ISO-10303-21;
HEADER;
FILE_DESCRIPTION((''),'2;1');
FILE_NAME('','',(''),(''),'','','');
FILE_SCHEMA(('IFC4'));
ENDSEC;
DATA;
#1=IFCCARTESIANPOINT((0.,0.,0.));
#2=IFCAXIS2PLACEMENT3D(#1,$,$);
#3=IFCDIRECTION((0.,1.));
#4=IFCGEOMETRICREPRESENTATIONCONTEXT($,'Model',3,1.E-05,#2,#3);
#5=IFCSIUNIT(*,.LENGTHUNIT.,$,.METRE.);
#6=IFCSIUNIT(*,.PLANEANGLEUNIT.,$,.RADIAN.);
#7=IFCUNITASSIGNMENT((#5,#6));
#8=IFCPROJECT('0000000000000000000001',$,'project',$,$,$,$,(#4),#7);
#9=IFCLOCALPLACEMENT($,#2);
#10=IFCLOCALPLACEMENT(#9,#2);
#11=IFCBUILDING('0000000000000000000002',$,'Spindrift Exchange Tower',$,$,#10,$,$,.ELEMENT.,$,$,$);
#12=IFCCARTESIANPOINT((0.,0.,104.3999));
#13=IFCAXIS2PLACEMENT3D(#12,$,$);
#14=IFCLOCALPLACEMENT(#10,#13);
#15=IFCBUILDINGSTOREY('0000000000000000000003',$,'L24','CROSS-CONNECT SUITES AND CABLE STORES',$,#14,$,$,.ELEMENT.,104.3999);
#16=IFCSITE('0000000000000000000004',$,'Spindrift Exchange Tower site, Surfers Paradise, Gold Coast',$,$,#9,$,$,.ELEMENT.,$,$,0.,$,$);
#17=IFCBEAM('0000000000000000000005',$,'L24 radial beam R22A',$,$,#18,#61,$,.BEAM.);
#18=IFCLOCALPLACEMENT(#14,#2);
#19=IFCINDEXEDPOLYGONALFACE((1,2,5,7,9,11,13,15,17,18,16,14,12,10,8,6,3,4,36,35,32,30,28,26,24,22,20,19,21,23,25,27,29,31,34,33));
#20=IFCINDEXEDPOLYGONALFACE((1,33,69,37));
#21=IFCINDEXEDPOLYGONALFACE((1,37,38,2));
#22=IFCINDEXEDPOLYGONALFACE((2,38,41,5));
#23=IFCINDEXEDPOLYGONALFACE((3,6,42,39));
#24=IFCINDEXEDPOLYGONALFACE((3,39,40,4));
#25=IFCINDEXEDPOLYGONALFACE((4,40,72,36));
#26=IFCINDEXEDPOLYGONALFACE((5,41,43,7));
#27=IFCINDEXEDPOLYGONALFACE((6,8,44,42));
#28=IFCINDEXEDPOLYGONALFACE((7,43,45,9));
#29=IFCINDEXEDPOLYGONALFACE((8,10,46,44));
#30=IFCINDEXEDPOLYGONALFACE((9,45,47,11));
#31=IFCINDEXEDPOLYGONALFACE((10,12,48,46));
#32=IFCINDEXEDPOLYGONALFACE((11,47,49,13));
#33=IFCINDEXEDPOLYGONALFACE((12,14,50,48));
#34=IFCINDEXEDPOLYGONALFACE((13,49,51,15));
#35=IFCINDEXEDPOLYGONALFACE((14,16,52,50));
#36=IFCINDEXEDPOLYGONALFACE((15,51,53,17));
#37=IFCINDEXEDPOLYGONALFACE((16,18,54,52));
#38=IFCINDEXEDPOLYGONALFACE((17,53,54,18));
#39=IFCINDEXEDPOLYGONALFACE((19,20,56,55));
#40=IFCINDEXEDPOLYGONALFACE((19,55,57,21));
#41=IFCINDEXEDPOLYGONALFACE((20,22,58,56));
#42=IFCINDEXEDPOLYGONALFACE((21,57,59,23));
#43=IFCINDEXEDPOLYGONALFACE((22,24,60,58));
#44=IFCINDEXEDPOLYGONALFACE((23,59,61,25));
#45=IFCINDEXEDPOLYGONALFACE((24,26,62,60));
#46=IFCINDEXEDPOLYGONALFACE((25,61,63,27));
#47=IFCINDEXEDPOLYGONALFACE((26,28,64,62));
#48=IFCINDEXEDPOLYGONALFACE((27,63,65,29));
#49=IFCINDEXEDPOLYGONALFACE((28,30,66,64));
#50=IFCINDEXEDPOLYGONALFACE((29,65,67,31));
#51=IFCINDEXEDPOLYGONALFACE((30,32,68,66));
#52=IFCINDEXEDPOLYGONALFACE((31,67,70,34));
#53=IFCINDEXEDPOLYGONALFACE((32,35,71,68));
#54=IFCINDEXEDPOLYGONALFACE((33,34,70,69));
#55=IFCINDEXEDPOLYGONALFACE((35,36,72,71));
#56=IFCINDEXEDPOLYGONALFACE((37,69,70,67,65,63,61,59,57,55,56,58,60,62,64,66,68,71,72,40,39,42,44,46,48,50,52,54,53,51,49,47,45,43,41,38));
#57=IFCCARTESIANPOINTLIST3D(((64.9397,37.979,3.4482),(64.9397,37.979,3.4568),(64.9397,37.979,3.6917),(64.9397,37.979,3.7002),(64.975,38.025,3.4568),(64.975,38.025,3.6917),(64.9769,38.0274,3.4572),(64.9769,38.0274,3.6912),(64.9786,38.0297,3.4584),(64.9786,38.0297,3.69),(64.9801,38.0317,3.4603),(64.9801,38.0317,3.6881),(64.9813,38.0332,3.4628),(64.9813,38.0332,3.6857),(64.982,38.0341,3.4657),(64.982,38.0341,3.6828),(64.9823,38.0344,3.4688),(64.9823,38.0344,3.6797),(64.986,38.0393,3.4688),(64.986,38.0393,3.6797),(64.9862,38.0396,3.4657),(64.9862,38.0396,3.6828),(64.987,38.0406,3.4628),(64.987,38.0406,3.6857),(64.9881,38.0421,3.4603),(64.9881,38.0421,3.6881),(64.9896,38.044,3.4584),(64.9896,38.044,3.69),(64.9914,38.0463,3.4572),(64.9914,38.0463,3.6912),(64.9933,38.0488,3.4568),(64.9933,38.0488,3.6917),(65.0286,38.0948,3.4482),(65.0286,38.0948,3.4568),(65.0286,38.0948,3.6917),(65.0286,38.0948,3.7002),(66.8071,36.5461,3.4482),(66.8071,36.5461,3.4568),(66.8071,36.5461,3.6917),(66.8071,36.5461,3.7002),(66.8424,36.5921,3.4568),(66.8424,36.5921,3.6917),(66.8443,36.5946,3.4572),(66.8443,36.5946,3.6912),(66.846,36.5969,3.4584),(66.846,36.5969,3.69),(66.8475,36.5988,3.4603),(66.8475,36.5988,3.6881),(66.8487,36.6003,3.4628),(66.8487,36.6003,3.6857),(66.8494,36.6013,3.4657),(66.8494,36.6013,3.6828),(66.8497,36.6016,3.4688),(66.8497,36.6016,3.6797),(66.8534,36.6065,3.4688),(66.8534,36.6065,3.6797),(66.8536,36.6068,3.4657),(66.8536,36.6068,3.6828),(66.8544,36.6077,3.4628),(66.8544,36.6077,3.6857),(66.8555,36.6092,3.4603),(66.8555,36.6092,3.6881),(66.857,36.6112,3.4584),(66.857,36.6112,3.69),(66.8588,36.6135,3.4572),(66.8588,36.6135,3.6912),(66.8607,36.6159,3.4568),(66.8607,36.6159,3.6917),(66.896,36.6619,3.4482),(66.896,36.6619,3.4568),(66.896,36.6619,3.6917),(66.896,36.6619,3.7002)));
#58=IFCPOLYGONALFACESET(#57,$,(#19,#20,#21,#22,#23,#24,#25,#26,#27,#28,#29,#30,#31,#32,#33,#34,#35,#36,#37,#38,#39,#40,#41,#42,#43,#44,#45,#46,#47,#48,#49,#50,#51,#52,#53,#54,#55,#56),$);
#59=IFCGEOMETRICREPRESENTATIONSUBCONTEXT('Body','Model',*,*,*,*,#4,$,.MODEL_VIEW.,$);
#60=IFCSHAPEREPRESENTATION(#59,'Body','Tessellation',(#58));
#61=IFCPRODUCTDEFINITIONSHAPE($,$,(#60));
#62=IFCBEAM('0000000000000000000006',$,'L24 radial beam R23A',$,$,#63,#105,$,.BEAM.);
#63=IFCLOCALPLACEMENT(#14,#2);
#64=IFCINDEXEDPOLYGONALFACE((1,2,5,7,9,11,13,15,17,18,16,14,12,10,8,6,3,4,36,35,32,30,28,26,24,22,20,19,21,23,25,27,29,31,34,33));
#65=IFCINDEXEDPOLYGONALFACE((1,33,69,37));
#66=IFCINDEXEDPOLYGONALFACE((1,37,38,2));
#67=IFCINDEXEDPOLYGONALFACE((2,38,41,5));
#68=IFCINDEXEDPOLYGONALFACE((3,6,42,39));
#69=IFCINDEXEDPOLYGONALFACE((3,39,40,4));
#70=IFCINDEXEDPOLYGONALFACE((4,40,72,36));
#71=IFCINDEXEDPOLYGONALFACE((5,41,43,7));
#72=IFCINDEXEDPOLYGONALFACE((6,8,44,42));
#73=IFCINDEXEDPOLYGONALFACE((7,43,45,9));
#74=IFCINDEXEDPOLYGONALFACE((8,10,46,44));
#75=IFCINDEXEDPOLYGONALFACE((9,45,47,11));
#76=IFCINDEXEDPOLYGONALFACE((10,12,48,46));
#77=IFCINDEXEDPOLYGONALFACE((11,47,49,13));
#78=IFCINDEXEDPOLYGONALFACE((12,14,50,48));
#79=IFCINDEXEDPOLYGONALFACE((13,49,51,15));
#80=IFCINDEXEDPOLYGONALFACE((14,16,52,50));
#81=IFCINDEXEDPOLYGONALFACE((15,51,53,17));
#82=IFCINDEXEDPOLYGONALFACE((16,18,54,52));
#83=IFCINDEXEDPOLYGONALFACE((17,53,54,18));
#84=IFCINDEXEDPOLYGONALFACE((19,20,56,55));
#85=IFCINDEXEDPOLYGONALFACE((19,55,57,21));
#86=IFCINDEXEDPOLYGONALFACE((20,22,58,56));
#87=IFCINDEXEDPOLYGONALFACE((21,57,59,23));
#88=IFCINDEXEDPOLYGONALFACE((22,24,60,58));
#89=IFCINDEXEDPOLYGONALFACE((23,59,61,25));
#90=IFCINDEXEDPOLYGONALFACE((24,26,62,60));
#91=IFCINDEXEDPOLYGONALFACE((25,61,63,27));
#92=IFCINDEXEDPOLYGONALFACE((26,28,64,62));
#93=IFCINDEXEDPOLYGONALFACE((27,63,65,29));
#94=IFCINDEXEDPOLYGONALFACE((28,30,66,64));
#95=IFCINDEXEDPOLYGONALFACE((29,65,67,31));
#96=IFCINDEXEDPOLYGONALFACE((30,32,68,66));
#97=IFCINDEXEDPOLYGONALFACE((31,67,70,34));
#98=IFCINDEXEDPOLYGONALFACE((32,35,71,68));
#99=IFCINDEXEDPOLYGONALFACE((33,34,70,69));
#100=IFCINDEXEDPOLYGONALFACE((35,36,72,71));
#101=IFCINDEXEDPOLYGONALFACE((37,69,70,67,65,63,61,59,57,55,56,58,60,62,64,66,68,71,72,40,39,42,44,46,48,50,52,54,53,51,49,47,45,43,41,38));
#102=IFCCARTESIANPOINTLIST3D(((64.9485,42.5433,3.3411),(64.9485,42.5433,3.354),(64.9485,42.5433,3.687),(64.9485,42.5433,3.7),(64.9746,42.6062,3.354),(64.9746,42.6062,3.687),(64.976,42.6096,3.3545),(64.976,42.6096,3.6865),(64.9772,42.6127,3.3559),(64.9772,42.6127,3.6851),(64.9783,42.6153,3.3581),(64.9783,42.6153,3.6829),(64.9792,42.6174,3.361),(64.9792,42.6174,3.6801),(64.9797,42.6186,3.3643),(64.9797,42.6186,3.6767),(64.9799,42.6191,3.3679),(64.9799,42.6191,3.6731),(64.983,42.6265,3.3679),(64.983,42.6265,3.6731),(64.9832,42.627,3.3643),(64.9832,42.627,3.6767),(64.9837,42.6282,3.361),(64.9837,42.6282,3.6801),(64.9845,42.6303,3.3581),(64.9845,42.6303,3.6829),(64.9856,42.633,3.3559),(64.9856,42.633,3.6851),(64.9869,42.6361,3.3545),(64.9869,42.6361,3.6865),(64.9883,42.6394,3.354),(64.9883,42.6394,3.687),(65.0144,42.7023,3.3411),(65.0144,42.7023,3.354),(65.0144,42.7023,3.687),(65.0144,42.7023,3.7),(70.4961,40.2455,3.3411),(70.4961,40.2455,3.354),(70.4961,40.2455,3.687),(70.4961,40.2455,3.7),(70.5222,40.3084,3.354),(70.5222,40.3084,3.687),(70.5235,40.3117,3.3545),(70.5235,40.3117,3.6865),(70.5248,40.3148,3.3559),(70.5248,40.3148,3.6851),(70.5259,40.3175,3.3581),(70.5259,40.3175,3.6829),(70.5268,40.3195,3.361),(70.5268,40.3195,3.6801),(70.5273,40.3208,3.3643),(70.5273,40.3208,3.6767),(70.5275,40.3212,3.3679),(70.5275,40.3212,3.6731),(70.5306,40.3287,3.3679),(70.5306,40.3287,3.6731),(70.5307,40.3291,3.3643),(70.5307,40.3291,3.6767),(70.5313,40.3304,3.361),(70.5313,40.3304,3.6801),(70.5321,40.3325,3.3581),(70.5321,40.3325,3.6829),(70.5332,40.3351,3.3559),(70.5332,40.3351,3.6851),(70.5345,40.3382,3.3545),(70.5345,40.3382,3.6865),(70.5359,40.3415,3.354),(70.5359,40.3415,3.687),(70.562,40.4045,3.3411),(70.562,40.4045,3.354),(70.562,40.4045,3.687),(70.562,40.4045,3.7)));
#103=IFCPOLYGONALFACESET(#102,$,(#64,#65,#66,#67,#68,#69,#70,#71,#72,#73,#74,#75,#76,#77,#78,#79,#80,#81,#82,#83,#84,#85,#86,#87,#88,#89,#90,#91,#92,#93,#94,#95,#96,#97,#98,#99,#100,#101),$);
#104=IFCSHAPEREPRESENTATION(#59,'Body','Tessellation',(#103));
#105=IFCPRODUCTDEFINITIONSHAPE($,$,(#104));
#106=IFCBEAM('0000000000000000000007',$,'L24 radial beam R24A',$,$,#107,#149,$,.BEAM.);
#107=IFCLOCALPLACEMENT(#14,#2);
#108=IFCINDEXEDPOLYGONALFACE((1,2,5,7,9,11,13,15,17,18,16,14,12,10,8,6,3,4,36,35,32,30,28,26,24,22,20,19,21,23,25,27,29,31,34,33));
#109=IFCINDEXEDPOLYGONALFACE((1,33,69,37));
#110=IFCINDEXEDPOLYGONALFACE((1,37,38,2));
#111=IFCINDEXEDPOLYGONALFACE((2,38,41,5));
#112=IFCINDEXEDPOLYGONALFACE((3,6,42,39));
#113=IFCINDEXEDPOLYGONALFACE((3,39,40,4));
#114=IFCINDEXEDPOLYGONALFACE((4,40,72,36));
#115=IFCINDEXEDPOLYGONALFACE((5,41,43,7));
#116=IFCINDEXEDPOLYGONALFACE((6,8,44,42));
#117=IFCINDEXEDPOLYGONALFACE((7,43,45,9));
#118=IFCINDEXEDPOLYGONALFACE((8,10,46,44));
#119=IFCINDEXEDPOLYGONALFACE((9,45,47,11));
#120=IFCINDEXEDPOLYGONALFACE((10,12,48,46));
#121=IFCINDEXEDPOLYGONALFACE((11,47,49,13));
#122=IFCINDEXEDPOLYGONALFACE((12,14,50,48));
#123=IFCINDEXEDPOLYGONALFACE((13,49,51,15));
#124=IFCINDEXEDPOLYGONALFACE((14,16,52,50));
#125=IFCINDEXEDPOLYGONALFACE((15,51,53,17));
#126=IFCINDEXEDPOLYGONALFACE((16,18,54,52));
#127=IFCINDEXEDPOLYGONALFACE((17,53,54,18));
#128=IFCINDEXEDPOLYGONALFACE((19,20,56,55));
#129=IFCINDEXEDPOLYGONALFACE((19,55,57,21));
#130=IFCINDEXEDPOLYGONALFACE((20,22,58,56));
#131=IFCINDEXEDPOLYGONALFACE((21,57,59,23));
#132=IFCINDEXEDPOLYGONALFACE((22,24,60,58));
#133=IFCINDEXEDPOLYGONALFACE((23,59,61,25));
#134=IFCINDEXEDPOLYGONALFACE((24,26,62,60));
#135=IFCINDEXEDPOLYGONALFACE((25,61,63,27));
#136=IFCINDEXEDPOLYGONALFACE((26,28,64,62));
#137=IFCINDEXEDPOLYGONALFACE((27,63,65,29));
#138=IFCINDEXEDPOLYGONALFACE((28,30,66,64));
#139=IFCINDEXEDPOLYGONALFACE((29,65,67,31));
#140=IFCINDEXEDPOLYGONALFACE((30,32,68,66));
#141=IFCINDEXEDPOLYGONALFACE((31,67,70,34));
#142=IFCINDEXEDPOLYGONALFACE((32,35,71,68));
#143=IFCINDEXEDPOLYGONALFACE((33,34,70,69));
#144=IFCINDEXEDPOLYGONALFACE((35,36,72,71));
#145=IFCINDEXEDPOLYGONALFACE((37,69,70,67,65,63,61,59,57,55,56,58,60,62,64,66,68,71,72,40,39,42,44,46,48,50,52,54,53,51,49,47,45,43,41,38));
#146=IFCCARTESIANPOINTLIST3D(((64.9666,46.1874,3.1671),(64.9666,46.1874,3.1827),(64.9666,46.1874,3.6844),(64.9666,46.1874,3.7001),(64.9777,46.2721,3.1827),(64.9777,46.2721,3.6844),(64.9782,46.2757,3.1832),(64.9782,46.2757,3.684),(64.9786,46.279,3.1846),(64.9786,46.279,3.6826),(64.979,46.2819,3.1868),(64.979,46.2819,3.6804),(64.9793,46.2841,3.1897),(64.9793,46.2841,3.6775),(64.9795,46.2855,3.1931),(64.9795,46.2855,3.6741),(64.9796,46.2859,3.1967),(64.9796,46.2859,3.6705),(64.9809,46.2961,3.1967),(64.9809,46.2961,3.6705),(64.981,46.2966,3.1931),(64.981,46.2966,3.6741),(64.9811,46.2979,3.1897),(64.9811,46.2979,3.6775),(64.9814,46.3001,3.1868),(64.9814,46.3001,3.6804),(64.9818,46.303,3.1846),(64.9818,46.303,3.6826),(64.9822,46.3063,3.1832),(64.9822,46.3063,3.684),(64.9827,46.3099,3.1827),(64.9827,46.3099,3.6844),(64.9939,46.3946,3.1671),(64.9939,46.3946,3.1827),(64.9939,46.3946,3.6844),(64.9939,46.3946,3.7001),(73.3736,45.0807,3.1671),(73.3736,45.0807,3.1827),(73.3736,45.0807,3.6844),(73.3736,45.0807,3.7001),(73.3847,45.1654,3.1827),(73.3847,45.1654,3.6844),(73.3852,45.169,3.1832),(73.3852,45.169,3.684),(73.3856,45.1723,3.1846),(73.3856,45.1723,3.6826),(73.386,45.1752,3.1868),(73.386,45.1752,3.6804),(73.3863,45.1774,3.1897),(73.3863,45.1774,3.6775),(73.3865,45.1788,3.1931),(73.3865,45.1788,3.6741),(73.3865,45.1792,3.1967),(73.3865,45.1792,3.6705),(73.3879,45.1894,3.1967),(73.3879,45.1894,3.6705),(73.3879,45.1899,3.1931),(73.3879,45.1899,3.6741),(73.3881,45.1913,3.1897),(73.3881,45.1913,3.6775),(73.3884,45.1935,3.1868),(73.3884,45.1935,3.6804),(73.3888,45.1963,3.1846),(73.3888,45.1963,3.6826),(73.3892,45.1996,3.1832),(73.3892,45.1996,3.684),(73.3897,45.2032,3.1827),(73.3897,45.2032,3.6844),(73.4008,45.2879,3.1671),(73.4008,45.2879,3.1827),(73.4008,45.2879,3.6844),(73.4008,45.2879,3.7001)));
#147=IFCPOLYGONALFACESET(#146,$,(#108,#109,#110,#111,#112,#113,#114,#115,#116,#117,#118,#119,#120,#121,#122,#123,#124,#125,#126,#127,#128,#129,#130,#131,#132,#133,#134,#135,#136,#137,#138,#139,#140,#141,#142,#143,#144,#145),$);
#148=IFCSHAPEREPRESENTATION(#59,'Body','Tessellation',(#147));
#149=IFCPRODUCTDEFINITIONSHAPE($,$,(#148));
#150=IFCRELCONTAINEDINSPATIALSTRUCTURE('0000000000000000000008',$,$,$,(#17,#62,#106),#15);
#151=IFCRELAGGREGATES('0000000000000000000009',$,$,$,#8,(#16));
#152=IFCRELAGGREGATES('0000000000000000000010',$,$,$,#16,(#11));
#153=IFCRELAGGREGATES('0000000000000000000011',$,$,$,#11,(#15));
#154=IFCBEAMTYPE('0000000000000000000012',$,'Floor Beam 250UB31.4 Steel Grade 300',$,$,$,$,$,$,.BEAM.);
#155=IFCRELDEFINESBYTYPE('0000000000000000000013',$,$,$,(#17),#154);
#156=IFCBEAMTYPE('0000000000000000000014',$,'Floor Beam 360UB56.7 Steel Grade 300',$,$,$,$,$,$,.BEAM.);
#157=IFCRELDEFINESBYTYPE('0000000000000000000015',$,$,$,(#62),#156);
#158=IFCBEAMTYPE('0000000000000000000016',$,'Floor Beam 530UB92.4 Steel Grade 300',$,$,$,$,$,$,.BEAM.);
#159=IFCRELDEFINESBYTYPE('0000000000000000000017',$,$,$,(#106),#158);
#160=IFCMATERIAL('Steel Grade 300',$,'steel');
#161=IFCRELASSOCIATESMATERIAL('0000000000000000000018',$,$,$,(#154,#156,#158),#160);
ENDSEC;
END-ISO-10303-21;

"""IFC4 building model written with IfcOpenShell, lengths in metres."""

from ifc_helpers import new_model, si_unit, direction, frame, origin, origin_2d, place, context, subcontext, project, spatial, i_section, extrude, source, transform, mapped, material, material_profile, profile_set, type_object, element, save


model = new_model("IFC4")

# Units and contexts
model_context = context("Model", 3, precision=1e-05, world=origin(), true_north=direction((0.0, 1.0)))
body_context = subcontext(model_context, "Body", "Model", "MODEL_VIEW")
ifc_project = project(units=[si_unit("LENGTHUNIT", "METRE"), si_unit("PLANEANGLEUNIT", "RADIAN")], contexts=[model_context])

# Site, building, storey
site_placement = place(None, origin())
site = spatial("IfcSite", under=ifc_project, at=site_placement, Name="Spindrift Exchange Tower site, Surfers Paradise, Gold Coast", CompositionType="ELEMENT", RefElevation=0.0)
building_placement = place(site_placement, origin())
building = spatial("IfcBuilding", under=site, at=building_placement, Name="Spindrift Exchange Tower", CompositionType="ELEMENT")
storey_placement = place(building_placement, frame((0.0, 0.0, 104.3999)))
storey = spatial("IfcBuildingStorey", under=building, at=storey_placement, Name="L24", Description="CROSS-CONNECT SUITES AND CABLE STORES", CompositionType="ELEMENT", Elevation=104.3999)

# Beams
ifc_material_1 = material(Name="Steel Grade 300", Category="steel")
ifc_material_profile_1 = material_profile(ifc_material_1, i_section(OverallWidth=0.146, OverallDepth=0.252, WebThickness=0.0061, FlangeThickness=0.0085, FilletRadius=0.012, at=origin_2d()), Name="250UB31.4")
ifc_profile_set_1 = profile_set([ifc_material_profile_1], Name="Steel Grade 300")
beam_type_1 = type_object("IfcBeamType", Name="Floor Beam 250UB31.4 Steel Grade 300", PredefinedType="BEAM", material=ifc_profile_set_1)
shared_shape_1 = source(origin(), body_context, "Body", "SweptSolid", [
    extrude(i_section(OverallWidth=0.146, OverallDepth=0.252, WebThickness=0.0061, FlangeThickness=0.0085, FilletRadius=0.012, at=origin_2d()), origin(), (0.0, 0.0, 1.0), 2.3538),
])
beam_1_placement = place(storey_placement, frame((64.9841, 38.0369, 3.5742), z_axis=(0.793368, -0.608743, 0.0), x_axis=(0.608743, 0.793368, 0.0)))
element("IfcBeam", 1, at=beam_1_placement, inside=storey, type_object=beam_type_1, Name="L24 radial beam R22A", PredefinedType="BEAM", context=body_context, shape_type="MappedRepresentation", body=[
    mapped(shared_shape_1, transform((0.0, 0.0, 0.0), scale=1.0)),
])
ifc_material_profile_2 = material_profile(ifc_material_1, i_section(OverallWidth=0.1721, OverallDepth=0.3589, WebThickness=0.0081, FlangeThickness=0.0129, FilletRadius=0.0139, at=origin_2d()), Name="360UB56.7")
ifc_profile_set_2 = profile_set([ifc_material_profile_2], Name="Steel Grade 300")
beam_type_2 = type_object("IfcBeamType", Name="Floor Beam 360UB56.7 Steel Grade 300", PredefinedType="BEAM", material=ifc_profile_set_2)
shared_shape_2 = source(origin(), body_context, "Body", "SweptSolid", [
    extrude(i_section(OverallWidth=0.1721, OverallDepth=0.3589, WebThickness=0.0081, FlangeThickness=0.0129, FilletRadius=0.0139, at=origin_2d()), origin(), (0.0, 0.0, 1.0), 6.0046),
])
beam_2_placement = place(storey_placement, frame((64.9814, 42.6228, 3.5205), z_axis=(0.923882, -0.382677, 0.0), x_axis=(0.382677, 0.923882, 0.0)))
element("IfcBeam", 2, at=beam_2_placement, inside=storey, type_object=beam_type_2, Name="L24 radial beam R23A", PredefinedType="BEAM", context=body_context, shape_type="MappedRepresentation", body=[
    mapped(shared_shape_2, transform((0.0, 0.0, 0.0), scale=1.0)),
])
ifc_material_profile_3 = material_profile(ifc_material_1, i_section(OverallWidth=0.209, OverallDepth=0.533, WebThickness=0.0103, FlangeThickness=0.0156, FilletRadius=0.0139, at=origin_2d()), Name="530UB92.4")
ifc_profile_set_3 = profile_set([ifc_material_profile_3], Name="Steel Grade 300")
beam_type_3 = type_object("IfcBeamType", Name="Floor Beam 530UB92.4 Steel Grade 300", PredefinedType="BEAM", material=ifc_profile_set_3)
shared_shape_3 = source(origin(), body_context, "Body", "SweptSolid", [
    extrude(i_section(OverallWidth=0.209, OverallDepth=0.533, WebThickness=0.0103, FlangeThickness=0.0156, FilletRadius=0.0139, at=origin_2d()), origin(), (0.0, 0.0, 1.0), 8.4795),
])
beam_3_placement = place(storey_placement, frame((64.9802, 46.291, 3.4336), z_axis=(0.991447, -0.130513, 0.0), x_axis=(0.130513, 0.991447, 0.0)))
element("IfcBeam", 3, at=beam_3_placement, inside=storey, type_object=beam_type_3, Name="L24 radial beam R24A", PredefinedType="BEAM", context=body_context, shape_type="MappedRepresentation", body=[
    mapped(shared_shape_3, transform((0.0, 0.0, 0.0), scale=1.0)),
])

save(model, "model.ifc")
